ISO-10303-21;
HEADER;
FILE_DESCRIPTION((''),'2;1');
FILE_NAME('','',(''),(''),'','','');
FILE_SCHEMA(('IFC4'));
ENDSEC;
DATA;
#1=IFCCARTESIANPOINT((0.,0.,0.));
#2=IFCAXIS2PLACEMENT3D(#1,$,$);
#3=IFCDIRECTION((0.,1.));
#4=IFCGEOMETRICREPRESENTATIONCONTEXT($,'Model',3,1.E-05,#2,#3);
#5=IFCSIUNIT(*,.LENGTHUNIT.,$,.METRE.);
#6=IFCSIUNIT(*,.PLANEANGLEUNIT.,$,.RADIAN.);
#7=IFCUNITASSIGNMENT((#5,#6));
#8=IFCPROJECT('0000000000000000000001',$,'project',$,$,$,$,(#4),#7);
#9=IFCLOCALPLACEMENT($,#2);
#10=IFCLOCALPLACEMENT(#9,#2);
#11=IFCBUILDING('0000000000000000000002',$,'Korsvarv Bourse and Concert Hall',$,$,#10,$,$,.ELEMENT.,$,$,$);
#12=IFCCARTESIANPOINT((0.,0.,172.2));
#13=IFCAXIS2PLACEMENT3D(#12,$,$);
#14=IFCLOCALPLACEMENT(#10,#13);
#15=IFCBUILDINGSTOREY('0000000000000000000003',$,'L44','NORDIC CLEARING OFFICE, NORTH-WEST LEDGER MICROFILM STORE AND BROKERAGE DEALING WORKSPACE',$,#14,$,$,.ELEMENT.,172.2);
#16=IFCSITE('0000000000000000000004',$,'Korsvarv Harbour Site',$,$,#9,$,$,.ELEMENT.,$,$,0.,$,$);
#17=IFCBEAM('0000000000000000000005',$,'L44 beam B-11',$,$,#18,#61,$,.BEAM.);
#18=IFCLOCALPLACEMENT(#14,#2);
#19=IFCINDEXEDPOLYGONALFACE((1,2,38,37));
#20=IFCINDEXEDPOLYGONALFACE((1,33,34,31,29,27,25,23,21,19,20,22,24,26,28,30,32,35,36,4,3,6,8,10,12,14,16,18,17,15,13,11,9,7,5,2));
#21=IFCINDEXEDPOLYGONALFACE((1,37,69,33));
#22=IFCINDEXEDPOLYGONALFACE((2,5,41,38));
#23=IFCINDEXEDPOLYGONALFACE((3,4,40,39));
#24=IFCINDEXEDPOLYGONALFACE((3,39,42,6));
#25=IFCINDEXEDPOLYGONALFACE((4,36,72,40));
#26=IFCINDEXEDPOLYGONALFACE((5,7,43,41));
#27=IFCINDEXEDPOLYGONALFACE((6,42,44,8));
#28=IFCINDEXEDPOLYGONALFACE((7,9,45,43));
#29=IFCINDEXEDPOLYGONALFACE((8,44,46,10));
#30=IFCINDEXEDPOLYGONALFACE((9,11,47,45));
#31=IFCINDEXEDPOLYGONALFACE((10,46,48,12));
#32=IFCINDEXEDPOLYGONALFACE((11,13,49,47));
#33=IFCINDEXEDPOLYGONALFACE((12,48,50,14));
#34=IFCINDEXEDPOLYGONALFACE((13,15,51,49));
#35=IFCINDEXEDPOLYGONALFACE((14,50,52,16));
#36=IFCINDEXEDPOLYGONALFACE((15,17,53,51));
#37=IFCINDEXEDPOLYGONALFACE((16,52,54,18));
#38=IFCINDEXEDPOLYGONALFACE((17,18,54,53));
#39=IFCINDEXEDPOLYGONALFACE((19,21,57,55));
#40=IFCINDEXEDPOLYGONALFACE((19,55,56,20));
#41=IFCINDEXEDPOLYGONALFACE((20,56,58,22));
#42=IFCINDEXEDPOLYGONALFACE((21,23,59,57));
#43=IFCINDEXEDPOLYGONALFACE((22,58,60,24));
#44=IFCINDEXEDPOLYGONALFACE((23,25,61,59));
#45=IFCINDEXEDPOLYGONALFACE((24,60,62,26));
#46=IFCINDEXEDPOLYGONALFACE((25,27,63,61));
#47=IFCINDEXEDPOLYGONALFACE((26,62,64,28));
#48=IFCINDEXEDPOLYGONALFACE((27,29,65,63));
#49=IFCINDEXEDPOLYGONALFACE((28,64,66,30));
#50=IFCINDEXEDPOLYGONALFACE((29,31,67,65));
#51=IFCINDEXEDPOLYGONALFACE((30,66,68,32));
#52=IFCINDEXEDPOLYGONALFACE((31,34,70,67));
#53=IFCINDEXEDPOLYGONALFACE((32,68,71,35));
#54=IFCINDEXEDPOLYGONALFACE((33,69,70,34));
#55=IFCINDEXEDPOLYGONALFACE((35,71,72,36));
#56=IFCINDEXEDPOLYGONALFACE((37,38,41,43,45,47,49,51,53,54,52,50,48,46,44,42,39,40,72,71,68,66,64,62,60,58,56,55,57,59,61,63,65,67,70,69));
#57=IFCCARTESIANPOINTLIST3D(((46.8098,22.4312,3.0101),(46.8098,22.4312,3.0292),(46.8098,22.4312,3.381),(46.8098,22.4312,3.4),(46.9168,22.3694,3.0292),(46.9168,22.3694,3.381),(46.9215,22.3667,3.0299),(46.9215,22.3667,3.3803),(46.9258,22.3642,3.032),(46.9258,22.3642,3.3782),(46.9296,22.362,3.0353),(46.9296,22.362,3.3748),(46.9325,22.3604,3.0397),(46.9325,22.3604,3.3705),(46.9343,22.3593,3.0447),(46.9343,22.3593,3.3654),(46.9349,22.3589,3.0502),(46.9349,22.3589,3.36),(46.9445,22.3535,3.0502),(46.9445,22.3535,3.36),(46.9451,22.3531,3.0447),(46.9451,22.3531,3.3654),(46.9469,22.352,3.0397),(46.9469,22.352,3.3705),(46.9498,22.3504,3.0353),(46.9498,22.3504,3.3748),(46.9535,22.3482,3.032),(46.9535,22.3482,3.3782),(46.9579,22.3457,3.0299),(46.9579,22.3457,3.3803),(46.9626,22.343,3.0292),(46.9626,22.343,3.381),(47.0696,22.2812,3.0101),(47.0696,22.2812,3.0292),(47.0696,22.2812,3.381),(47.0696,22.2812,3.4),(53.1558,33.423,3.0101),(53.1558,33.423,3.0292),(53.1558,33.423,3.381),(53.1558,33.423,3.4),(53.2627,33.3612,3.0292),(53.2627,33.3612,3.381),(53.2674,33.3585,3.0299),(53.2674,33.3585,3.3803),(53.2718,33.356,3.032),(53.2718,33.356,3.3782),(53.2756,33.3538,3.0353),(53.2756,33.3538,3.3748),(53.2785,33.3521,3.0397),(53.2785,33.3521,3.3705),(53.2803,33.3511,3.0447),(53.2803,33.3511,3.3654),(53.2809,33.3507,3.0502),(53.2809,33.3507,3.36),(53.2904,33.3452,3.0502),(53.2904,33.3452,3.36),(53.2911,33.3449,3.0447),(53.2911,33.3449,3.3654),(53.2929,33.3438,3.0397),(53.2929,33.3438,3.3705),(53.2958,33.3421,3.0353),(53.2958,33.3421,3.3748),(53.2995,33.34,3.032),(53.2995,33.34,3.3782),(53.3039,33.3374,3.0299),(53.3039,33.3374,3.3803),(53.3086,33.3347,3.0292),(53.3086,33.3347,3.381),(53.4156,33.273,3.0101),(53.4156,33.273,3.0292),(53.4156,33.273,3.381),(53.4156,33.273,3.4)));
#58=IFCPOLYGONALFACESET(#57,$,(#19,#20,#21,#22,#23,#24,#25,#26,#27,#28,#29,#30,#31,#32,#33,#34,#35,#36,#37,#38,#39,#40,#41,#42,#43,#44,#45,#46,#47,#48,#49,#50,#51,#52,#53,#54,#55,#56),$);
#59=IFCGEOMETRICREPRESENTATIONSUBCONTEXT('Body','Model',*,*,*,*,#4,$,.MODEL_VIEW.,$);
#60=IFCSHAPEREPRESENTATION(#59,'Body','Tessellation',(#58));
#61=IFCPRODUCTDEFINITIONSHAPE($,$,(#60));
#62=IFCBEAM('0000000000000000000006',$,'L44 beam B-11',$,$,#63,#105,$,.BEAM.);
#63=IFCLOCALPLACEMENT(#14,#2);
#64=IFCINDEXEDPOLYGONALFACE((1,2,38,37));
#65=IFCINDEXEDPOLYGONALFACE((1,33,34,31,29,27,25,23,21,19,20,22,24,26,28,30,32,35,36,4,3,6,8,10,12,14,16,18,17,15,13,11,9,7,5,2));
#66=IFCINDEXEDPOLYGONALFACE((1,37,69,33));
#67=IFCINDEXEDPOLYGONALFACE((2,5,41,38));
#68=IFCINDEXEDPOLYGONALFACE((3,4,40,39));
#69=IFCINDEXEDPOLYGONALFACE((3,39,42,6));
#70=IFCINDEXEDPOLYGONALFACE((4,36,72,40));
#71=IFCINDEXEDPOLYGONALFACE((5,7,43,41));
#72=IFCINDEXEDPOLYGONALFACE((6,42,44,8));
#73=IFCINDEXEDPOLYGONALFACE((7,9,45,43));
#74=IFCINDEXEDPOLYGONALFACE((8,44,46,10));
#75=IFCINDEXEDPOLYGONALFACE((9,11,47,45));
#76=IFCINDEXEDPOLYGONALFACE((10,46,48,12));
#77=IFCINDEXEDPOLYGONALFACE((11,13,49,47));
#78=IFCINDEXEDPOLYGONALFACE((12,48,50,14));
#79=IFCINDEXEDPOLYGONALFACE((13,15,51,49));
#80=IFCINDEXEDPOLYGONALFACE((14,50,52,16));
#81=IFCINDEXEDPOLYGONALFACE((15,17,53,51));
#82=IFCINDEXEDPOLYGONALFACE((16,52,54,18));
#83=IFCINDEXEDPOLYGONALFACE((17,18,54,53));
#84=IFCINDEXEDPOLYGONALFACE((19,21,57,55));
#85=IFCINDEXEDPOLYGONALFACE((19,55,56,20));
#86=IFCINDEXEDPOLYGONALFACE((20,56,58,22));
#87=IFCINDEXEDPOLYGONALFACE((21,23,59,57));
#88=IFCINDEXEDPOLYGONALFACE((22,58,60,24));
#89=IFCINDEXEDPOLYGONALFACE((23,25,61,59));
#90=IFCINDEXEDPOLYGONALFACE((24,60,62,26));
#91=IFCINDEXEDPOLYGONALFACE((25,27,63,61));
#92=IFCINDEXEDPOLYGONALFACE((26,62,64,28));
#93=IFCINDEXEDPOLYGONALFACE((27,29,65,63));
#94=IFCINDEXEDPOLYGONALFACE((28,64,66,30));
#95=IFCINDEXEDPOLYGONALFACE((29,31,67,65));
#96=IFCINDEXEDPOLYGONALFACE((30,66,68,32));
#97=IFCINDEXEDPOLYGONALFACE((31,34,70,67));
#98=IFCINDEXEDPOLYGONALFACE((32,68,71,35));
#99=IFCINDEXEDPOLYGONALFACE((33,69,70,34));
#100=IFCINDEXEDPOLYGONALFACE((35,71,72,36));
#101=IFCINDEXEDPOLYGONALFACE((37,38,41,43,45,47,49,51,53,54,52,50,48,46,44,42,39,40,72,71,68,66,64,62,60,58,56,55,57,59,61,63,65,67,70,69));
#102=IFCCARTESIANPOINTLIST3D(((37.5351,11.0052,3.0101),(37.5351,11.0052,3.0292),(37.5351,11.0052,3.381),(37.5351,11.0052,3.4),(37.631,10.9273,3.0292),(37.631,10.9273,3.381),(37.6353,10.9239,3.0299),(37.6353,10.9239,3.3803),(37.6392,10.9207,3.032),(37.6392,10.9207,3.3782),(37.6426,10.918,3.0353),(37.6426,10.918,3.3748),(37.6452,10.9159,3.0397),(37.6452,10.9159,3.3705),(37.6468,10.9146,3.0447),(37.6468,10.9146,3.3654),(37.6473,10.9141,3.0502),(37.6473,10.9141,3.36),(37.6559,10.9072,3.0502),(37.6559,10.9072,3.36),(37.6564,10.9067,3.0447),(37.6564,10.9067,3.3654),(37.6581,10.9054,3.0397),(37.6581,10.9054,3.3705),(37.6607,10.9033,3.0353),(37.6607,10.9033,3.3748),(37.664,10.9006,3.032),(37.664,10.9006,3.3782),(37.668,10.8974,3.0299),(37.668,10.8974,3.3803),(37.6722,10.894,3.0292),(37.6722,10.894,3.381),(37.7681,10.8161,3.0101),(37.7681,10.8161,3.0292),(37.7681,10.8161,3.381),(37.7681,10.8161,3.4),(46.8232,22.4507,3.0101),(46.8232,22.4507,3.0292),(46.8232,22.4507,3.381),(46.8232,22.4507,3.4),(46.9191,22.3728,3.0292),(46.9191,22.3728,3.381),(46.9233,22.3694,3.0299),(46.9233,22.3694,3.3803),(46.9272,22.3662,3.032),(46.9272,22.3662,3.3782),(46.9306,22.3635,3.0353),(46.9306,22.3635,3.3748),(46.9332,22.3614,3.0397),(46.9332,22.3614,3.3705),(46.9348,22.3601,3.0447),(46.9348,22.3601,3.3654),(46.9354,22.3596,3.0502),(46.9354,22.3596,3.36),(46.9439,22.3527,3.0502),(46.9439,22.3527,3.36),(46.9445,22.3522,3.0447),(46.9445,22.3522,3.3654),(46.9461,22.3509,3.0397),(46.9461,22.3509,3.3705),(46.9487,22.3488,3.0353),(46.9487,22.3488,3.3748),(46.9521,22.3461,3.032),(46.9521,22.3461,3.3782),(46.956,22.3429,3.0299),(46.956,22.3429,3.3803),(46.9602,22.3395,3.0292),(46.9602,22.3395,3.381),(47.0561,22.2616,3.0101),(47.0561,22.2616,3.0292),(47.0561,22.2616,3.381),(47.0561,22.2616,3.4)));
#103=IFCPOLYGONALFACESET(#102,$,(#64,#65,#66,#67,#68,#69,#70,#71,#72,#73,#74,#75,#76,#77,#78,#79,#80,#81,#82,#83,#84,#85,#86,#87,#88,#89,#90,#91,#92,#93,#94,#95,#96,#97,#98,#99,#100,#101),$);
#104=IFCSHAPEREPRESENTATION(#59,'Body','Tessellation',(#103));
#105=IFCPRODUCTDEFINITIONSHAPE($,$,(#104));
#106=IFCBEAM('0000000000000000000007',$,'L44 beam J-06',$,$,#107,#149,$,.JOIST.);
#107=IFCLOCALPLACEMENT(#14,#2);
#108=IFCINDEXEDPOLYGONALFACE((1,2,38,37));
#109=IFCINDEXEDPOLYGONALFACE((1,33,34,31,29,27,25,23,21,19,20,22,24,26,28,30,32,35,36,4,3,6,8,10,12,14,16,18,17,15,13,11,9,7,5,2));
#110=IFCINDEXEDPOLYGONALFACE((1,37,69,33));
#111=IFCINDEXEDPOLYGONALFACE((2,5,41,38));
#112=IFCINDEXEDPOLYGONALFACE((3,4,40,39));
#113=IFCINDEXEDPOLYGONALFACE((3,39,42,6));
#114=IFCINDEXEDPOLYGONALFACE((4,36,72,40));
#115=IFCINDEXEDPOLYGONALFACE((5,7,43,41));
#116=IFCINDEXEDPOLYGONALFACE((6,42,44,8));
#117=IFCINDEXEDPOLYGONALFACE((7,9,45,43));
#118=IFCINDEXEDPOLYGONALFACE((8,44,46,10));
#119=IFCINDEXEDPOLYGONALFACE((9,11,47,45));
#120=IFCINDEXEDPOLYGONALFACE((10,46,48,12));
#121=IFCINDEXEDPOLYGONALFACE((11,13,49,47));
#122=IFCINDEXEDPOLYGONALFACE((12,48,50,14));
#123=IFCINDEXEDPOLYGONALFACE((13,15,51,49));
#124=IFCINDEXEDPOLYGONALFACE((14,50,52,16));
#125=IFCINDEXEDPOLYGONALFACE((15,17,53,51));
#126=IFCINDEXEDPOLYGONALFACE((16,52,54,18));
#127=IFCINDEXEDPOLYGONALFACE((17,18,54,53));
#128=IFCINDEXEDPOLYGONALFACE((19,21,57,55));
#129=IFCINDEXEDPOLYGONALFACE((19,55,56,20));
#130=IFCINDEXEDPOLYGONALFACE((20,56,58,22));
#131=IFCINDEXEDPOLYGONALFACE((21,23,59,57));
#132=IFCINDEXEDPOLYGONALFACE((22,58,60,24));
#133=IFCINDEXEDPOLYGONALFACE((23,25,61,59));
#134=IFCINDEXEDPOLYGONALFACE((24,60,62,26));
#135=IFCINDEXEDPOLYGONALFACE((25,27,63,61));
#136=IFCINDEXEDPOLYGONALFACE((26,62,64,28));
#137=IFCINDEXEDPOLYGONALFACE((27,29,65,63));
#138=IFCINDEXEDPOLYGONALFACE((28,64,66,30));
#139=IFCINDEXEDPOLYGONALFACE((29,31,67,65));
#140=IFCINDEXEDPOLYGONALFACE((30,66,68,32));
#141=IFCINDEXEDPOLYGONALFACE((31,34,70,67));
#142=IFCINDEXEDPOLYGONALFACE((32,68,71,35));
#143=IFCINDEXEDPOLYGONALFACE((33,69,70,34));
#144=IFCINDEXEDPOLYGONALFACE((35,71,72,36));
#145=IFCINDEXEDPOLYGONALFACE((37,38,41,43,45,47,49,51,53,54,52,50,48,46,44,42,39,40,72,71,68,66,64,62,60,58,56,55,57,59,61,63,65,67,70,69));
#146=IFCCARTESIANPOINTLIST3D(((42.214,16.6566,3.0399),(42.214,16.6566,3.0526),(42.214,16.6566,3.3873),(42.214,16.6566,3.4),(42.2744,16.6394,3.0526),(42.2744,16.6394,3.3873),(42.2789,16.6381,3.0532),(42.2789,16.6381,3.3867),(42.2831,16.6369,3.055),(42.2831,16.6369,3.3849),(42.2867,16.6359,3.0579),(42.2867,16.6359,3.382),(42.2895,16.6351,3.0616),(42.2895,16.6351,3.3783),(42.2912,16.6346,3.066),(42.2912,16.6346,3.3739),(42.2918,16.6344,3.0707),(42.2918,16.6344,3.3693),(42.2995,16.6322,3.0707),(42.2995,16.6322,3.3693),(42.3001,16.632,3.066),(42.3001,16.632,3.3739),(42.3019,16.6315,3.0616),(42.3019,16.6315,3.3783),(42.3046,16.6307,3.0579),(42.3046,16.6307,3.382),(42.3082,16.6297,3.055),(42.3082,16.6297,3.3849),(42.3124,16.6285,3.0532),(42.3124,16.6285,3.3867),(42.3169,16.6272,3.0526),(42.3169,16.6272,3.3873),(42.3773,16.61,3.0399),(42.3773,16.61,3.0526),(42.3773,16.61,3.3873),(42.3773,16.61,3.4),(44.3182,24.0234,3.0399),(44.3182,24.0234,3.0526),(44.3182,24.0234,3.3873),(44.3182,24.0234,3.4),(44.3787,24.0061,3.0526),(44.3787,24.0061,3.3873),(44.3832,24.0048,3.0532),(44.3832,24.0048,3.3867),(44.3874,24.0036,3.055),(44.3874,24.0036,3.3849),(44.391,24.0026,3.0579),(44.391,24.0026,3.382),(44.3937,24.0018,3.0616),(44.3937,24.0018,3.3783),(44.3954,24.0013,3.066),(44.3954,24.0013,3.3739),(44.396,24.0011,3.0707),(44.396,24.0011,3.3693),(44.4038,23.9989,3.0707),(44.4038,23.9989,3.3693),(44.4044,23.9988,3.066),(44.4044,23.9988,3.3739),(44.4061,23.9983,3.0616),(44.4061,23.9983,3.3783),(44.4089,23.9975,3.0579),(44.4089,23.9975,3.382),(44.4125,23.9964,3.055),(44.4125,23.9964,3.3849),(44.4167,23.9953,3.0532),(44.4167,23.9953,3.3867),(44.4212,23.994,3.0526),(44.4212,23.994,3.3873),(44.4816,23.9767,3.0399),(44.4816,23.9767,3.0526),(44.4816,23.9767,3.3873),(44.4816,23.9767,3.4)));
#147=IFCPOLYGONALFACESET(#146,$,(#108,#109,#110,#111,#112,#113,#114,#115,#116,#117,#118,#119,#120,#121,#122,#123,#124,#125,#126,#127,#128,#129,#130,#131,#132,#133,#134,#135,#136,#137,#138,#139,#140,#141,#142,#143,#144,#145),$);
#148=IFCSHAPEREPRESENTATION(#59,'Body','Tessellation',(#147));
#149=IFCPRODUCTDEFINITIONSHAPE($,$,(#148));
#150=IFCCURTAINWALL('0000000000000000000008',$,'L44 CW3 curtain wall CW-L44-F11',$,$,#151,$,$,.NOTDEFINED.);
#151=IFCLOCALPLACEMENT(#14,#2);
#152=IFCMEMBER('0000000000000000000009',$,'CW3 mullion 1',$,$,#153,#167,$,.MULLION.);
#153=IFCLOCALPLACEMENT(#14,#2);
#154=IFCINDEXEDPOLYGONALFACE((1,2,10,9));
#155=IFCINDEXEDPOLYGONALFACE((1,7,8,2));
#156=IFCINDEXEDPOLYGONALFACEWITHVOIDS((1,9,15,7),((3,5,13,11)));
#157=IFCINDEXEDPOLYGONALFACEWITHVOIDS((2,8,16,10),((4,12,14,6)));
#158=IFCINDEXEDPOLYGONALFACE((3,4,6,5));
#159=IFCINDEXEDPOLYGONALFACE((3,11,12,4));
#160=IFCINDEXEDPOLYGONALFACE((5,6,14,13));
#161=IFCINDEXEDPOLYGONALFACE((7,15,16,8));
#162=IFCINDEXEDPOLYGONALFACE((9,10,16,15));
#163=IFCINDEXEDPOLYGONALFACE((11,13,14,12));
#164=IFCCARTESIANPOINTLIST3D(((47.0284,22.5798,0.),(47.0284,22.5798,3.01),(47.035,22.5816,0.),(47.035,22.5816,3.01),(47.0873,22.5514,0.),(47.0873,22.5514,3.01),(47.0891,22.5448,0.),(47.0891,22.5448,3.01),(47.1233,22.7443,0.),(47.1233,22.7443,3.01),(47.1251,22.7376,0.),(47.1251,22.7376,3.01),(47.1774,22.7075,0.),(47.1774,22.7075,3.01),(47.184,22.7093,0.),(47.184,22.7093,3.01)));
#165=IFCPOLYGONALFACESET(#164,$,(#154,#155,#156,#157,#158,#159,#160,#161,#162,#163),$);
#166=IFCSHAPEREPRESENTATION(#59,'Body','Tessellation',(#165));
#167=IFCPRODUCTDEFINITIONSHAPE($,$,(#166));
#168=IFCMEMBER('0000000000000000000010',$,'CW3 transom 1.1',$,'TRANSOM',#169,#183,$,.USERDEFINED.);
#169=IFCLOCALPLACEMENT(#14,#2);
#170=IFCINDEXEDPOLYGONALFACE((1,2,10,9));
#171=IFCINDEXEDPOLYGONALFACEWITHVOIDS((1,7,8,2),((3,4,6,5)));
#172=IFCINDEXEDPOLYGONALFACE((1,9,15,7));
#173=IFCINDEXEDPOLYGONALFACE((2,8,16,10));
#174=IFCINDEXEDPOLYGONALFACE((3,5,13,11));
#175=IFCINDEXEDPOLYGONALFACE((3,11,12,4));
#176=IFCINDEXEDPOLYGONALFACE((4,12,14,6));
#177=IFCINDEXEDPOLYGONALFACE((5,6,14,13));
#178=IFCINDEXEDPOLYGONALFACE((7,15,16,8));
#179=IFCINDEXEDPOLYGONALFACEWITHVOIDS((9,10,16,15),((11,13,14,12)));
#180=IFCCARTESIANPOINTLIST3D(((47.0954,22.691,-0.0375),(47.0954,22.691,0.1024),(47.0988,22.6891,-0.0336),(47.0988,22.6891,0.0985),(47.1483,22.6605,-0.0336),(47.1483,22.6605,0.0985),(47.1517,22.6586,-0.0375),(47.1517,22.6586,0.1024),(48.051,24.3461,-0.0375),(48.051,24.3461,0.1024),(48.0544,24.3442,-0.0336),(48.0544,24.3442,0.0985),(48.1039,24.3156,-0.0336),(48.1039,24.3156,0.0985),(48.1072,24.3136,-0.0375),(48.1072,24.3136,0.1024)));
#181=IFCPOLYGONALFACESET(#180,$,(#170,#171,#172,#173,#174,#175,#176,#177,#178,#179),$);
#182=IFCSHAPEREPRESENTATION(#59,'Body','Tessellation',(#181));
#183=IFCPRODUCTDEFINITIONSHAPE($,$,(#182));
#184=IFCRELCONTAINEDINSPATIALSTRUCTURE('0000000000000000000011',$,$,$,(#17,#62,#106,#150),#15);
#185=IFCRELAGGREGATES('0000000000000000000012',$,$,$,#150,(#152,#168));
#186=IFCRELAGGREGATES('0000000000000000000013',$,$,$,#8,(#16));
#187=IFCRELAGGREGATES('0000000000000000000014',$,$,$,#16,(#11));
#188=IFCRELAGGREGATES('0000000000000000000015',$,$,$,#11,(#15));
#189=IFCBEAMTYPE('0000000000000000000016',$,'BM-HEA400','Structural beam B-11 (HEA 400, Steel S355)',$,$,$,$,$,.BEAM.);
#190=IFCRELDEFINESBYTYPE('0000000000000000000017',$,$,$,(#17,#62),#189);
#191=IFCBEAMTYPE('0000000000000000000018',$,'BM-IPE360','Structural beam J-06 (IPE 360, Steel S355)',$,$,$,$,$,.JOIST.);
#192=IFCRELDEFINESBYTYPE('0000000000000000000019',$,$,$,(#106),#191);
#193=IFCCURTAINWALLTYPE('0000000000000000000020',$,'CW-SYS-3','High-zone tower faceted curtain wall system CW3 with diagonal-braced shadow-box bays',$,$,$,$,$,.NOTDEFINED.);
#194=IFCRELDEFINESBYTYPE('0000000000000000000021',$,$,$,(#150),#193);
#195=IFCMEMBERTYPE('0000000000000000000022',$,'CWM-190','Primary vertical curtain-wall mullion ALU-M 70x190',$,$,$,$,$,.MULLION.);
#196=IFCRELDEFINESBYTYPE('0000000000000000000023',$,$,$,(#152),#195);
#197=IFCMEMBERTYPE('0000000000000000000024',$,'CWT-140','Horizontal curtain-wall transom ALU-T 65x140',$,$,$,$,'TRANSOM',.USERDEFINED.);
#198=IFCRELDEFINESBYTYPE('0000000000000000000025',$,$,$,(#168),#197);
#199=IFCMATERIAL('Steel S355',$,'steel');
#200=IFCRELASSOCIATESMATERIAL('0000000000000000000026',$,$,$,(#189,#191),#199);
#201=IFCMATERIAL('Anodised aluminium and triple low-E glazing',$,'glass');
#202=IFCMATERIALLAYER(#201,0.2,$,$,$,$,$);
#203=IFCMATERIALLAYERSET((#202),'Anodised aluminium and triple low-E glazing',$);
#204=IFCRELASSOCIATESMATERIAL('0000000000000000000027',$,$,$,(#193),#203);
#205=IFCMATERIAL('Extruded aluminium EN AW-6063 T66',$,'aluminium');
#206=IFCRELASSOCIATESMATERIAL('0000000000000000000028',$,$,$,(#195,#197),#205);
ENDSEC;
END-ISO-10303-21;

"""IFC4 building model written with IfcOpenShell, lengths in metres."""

from ifc_helpers import new_model, si_unit, direction, frame, origin, origin_2d, place, context, subcontext, project, spatial, hollow_rectangle, i_section, extrude, source, transform, mapped, material, layer, layer_set, material_profile, profile_set, type_object, element, aggregate, save


model = new_model("IFC4")

# Units and contexts
model_context = context("Model", 3, precision=1e-05, world=origin(), true_north=direction((0.0, 1.0)))
body_context = subcontext(model_context, "Body", "Model", "MODEL_VIEW")
ifc_project = project(units=[si_unit("LENGTHUNIT", "METRE"), si_unit("PLANEANGLEUNIT", "RADIAN")], contexts=[model_context])

# Site, building, storey
site_placement = place(None, origin())
site = spatial("IfcSite", under=ifc_project, at=site_placement, Name="Korsvarv Harbour Site", CompositionType="ELEMENT", RefElevation=0.0)
building_placement = place(site_placement, origin())
building = spatial("IfcBuilding", under=site, at=building_placement, Name="Korsvarv Bourse and Concert Hall", CompositionType="ELEMENT")
storey_placement = place(building_placement, frame((0.0, 0.0, 172.2)))
storey = spatial("IfcBuildingStorey", under=building, at=storey_placement, Name="L44", Description="NORDIC CLEARING OFFICE, NORTH-WEST LEDGER MICROFILM STORE AND BROKERAGE DEALING WORKSPACE", CompositionType="ELEMENT", Elevation=172.2)

# Shared definitions
ifc_material_1 = material(Name="Steel S355", Category="steel")

# Beams
ifc_material_profile_1 = material_profile(ifc_material_1, i_section(OverallWidth=0.3, OverallDepth=0.3899, WebThickness=0.011, FlangeThickness=0.019, FilletRadius=0.021, at=origin_2d()), Name="HEA 400")
ifc_profile_set_1 = profile_set([ifc_material_profile_1], Name="Steel S355")
beam_type_1 = type_object("IfcBeamType", Name="BM-HEA400", Description="Structural beam B-11 (HEA 400, Steel S355)", PredefinedType="BEAM", material=ifc_profile_set_1)
shared_shape_1 = source(origin(), body_context, "Body", "SweptSolid", [
    extrude(i_section(OverallWidth=0.3, OverallDepth=0.3899, WebThickness=0.011, FlangeThickness=0.019, FilletRadius=0.021, at=origin_2d()), origin(), (0.0, 0.0, 1.0), 12.6921),
])
beam_1_placement = place(storey_placement, frame((46.9397, 22.3562, 3.2051), z_axis=(0.499993, 0.866029, 0.0), x_axis=(-0.866029, 0.499993, 0.0)))
element("IfcBeam", 1, at=beam_1_placement, inside=storey, type_object=beam_type_1, Name="L44 beam B-11", PredefinedType="BEAM", context=body_context, shape_type="MappedRepresentation", body=[
    mapped(shared_shape_1, transform((0.0, 0.0, 0.0), scale=1.0)),
])
shared_shape_2 = source(origin(), body_context, "Body", "SweptSolid", [
    extrude(i_section(OverallWidth=0.3, OverallDepth=0.3899, WebThickness=0.011, FlangeThickness=0.019, FilletRadius=0.021, at=origin_2d()), origin(), (0.0, 0.0, 1.0), 14.74),
])
beam_2_placement = place(storey_placement, frame((37.6516, 10.9106, 3.2051), z_axis=(0.630125, 0.776493, 0.0), x_axis=(-0.776493, 0.630125, 0.0)))
element("IfcBeam", 2, at=beam_2_placement, inside=storey, type_object=beam_type_1, Name="L44 beam B-11", PredefinedType="BEAM", context=body_context, shape_type="MappedRepresentation", body=[
    mapped(shared_shape_2, transform((0.0, 0.0, 0.0), scale=1.0)),
])
ifc_material_profile_2 = material_profile(ifc_material_1, i_section(OverallWidth=0.1699, OverallDepth=0.3601, WebThickness=0.0081, FlangeThickness=0.0127, FilletRadius=0.0181, at=origin_2d()), Name="IPE 360")
ifc_profile_set_2 = profile_set([ifc_material_profile_2], Name="Steel S355")
beam_type_2 = type_object("IfcBeamType", Name="BM-IPE360", Description="Structural beam J-06 (IPE 360, Steel S355)", PredefinedType="JOIST", material=ifc_profile_set_2)
shared_shape_3 = source(origin(), body_context, "Body", "SweptSolid", [
    extrude(i_section(OverallWidth=0.1699, OverallDepth=0.3601, WebThickness=0.0081, FlangeThickness=0.0127, FilletRadius=0.0181, at=origin_2d()), origin(), (0.0, 0.0, 1.0), 7.6614),
])
beam_3_placement = place(storey_placement, frame((42.2957, 16.6333, 3.22), z_axis=(0.274658, 0.961542, 0.0), x_axis=(-0.961542, 0.274658, 0.0)))
element("IfcBeam", 3, at=beam_3_placement, inside=storey, type_object=beam_type_2, Name="L44 beam J-06", PredefinedType="JOIST", context=body_context, shape_type="MappedRepresentation", body=[
    mapped(shared_shape_3, transform((0.0, 0.0, 0.0), scale=1.0)),
])

# Curtain wall, members
ifc_material_2 = material(Name="Anodised aluminium and triple low-E glazing", Category="glass")
ifc_layer_1 = layer(ifc_material_2, 0.2)
ifc_layer_set_1 = layer_set([ifc_layer_1], Name="Anodised aluminium and triple low-E glazing")
curtain_wall_type = type_object("IfcCurtainWallType", Name="CW-SYS-3", Description="High-zone tower faceted curtain wall system CW3 with diagonal-braced shadow-box bays", PredefinedType="NOTDEFINED", material=ifc_layer_set_1)
curtain_wall_placement = place(storey_placement, origin())
curtain_wall = element("IfcCurtainWall", 4, at=curtain_wall_placement, inside=storey, type_object=curtain_wall_type, Name="L44 CW3 curtain wall CW-L44-F11", PredefinedType="NOTDEFINED")
ifc_material_3 = material(Name="Extruded aluminium EN AW-6063 T66", Category="aluminium")
ifc_material_profile_3 = material_profile(ifc_material_3, hollow_rectangle(XDim=0.0701, YDim=0.1899, WallThickness=0.0049, at=origin_2d()), Name="ALU-M 70x190")
ifc_profile_set_3 = profile_set([ifc_material_profile_3], Name="Extruded aluminium EN AW-6063 T66")
member_type_1 = type_object("IfcMemberType", Name="CWM-190", Description="Primary vertical curtain-wall mullion ALU-M 70x190", PredefinedType="MULLION", material=ifc_profile_set_3)
shared_shape_4 = source(origin(), body_context, "Body", "SweptSolid", [
    extrude(hollow_rectangle(XDim=0.0701, YDim=0.1899, WallThickness=0.0049, at=origin_2d()), origin(), (0.0, 0.0, 1.0), 3.01),
])
member_1_placement = place(storey_placement, frame((47.1062, 22.6445, 0.0), z_axis=(0.0, 0.0, 1.0), x_axis=(-0.866029, 0.499994, 0.0)))
member_1 = element("IfcMember", 5, at=member_1_placement, type_object=member_type_1, Name="CW3 mullion 1", PredefinedType="MULLION", context=body_context, shape_type="MappedRepresentation", body=[
    mapped(shared_shape_4, transform((0.0, 0.0, 0.0), scale=1.0)),
])
ifc_material_profile_4 = material_profile(ifc_material_3, hollow_rectangle(XDim=0.0649, YDim=0.1399, WallThickness=0.0039, at=origin_2d()), Name="ALU-T 65x140")
ifc_profile_set_4 = profile_set([ifc_material_profile_4], Name="Extruded aluminium EN AW-6063 T66")
member_type_2 = type_object("IfcMemberType", Name="CWT-140", Description="Horizontal curtain-wall transom ALU-T 65x140", ElementType="TRANSOM", PredefinedType="USERDEFINED", material=ifc_profile_set_4)
shared_shape_5 = source(origin(), body_context, "Body", "SweptSolid", [
    extrude(hollow_rectangle(XDim=0.0649, YDim=0.1399, WallThickness=0.0039, at=origin_2d()), origin(), (0.0, 0.0, 1.0), 1.9111),
])
member_2_placement = place(storey_placement, frame((47.1235, 22.6748, 0.0325), z_axis=(0.500014, 0.866018, 0.0), x_axis=(-0.866018, 0.500014, 0.0)))
member_2 = element("IfcMember", 6, at=member_2_placement, type_object=member_type_2, Name="CW3 transom 1.1", ObjectType="TRANSOM", PredefinedType="USERDEFINED", context=body_context, shape_type="MappedRepresentation", body=[
    mapped(shared_shape_5, transform((0.0, 0.0, 0.0), scale=1.0)),
])
aggregate(curtain_wall, [member_1, member_2])

save(model, "model.ifc")
